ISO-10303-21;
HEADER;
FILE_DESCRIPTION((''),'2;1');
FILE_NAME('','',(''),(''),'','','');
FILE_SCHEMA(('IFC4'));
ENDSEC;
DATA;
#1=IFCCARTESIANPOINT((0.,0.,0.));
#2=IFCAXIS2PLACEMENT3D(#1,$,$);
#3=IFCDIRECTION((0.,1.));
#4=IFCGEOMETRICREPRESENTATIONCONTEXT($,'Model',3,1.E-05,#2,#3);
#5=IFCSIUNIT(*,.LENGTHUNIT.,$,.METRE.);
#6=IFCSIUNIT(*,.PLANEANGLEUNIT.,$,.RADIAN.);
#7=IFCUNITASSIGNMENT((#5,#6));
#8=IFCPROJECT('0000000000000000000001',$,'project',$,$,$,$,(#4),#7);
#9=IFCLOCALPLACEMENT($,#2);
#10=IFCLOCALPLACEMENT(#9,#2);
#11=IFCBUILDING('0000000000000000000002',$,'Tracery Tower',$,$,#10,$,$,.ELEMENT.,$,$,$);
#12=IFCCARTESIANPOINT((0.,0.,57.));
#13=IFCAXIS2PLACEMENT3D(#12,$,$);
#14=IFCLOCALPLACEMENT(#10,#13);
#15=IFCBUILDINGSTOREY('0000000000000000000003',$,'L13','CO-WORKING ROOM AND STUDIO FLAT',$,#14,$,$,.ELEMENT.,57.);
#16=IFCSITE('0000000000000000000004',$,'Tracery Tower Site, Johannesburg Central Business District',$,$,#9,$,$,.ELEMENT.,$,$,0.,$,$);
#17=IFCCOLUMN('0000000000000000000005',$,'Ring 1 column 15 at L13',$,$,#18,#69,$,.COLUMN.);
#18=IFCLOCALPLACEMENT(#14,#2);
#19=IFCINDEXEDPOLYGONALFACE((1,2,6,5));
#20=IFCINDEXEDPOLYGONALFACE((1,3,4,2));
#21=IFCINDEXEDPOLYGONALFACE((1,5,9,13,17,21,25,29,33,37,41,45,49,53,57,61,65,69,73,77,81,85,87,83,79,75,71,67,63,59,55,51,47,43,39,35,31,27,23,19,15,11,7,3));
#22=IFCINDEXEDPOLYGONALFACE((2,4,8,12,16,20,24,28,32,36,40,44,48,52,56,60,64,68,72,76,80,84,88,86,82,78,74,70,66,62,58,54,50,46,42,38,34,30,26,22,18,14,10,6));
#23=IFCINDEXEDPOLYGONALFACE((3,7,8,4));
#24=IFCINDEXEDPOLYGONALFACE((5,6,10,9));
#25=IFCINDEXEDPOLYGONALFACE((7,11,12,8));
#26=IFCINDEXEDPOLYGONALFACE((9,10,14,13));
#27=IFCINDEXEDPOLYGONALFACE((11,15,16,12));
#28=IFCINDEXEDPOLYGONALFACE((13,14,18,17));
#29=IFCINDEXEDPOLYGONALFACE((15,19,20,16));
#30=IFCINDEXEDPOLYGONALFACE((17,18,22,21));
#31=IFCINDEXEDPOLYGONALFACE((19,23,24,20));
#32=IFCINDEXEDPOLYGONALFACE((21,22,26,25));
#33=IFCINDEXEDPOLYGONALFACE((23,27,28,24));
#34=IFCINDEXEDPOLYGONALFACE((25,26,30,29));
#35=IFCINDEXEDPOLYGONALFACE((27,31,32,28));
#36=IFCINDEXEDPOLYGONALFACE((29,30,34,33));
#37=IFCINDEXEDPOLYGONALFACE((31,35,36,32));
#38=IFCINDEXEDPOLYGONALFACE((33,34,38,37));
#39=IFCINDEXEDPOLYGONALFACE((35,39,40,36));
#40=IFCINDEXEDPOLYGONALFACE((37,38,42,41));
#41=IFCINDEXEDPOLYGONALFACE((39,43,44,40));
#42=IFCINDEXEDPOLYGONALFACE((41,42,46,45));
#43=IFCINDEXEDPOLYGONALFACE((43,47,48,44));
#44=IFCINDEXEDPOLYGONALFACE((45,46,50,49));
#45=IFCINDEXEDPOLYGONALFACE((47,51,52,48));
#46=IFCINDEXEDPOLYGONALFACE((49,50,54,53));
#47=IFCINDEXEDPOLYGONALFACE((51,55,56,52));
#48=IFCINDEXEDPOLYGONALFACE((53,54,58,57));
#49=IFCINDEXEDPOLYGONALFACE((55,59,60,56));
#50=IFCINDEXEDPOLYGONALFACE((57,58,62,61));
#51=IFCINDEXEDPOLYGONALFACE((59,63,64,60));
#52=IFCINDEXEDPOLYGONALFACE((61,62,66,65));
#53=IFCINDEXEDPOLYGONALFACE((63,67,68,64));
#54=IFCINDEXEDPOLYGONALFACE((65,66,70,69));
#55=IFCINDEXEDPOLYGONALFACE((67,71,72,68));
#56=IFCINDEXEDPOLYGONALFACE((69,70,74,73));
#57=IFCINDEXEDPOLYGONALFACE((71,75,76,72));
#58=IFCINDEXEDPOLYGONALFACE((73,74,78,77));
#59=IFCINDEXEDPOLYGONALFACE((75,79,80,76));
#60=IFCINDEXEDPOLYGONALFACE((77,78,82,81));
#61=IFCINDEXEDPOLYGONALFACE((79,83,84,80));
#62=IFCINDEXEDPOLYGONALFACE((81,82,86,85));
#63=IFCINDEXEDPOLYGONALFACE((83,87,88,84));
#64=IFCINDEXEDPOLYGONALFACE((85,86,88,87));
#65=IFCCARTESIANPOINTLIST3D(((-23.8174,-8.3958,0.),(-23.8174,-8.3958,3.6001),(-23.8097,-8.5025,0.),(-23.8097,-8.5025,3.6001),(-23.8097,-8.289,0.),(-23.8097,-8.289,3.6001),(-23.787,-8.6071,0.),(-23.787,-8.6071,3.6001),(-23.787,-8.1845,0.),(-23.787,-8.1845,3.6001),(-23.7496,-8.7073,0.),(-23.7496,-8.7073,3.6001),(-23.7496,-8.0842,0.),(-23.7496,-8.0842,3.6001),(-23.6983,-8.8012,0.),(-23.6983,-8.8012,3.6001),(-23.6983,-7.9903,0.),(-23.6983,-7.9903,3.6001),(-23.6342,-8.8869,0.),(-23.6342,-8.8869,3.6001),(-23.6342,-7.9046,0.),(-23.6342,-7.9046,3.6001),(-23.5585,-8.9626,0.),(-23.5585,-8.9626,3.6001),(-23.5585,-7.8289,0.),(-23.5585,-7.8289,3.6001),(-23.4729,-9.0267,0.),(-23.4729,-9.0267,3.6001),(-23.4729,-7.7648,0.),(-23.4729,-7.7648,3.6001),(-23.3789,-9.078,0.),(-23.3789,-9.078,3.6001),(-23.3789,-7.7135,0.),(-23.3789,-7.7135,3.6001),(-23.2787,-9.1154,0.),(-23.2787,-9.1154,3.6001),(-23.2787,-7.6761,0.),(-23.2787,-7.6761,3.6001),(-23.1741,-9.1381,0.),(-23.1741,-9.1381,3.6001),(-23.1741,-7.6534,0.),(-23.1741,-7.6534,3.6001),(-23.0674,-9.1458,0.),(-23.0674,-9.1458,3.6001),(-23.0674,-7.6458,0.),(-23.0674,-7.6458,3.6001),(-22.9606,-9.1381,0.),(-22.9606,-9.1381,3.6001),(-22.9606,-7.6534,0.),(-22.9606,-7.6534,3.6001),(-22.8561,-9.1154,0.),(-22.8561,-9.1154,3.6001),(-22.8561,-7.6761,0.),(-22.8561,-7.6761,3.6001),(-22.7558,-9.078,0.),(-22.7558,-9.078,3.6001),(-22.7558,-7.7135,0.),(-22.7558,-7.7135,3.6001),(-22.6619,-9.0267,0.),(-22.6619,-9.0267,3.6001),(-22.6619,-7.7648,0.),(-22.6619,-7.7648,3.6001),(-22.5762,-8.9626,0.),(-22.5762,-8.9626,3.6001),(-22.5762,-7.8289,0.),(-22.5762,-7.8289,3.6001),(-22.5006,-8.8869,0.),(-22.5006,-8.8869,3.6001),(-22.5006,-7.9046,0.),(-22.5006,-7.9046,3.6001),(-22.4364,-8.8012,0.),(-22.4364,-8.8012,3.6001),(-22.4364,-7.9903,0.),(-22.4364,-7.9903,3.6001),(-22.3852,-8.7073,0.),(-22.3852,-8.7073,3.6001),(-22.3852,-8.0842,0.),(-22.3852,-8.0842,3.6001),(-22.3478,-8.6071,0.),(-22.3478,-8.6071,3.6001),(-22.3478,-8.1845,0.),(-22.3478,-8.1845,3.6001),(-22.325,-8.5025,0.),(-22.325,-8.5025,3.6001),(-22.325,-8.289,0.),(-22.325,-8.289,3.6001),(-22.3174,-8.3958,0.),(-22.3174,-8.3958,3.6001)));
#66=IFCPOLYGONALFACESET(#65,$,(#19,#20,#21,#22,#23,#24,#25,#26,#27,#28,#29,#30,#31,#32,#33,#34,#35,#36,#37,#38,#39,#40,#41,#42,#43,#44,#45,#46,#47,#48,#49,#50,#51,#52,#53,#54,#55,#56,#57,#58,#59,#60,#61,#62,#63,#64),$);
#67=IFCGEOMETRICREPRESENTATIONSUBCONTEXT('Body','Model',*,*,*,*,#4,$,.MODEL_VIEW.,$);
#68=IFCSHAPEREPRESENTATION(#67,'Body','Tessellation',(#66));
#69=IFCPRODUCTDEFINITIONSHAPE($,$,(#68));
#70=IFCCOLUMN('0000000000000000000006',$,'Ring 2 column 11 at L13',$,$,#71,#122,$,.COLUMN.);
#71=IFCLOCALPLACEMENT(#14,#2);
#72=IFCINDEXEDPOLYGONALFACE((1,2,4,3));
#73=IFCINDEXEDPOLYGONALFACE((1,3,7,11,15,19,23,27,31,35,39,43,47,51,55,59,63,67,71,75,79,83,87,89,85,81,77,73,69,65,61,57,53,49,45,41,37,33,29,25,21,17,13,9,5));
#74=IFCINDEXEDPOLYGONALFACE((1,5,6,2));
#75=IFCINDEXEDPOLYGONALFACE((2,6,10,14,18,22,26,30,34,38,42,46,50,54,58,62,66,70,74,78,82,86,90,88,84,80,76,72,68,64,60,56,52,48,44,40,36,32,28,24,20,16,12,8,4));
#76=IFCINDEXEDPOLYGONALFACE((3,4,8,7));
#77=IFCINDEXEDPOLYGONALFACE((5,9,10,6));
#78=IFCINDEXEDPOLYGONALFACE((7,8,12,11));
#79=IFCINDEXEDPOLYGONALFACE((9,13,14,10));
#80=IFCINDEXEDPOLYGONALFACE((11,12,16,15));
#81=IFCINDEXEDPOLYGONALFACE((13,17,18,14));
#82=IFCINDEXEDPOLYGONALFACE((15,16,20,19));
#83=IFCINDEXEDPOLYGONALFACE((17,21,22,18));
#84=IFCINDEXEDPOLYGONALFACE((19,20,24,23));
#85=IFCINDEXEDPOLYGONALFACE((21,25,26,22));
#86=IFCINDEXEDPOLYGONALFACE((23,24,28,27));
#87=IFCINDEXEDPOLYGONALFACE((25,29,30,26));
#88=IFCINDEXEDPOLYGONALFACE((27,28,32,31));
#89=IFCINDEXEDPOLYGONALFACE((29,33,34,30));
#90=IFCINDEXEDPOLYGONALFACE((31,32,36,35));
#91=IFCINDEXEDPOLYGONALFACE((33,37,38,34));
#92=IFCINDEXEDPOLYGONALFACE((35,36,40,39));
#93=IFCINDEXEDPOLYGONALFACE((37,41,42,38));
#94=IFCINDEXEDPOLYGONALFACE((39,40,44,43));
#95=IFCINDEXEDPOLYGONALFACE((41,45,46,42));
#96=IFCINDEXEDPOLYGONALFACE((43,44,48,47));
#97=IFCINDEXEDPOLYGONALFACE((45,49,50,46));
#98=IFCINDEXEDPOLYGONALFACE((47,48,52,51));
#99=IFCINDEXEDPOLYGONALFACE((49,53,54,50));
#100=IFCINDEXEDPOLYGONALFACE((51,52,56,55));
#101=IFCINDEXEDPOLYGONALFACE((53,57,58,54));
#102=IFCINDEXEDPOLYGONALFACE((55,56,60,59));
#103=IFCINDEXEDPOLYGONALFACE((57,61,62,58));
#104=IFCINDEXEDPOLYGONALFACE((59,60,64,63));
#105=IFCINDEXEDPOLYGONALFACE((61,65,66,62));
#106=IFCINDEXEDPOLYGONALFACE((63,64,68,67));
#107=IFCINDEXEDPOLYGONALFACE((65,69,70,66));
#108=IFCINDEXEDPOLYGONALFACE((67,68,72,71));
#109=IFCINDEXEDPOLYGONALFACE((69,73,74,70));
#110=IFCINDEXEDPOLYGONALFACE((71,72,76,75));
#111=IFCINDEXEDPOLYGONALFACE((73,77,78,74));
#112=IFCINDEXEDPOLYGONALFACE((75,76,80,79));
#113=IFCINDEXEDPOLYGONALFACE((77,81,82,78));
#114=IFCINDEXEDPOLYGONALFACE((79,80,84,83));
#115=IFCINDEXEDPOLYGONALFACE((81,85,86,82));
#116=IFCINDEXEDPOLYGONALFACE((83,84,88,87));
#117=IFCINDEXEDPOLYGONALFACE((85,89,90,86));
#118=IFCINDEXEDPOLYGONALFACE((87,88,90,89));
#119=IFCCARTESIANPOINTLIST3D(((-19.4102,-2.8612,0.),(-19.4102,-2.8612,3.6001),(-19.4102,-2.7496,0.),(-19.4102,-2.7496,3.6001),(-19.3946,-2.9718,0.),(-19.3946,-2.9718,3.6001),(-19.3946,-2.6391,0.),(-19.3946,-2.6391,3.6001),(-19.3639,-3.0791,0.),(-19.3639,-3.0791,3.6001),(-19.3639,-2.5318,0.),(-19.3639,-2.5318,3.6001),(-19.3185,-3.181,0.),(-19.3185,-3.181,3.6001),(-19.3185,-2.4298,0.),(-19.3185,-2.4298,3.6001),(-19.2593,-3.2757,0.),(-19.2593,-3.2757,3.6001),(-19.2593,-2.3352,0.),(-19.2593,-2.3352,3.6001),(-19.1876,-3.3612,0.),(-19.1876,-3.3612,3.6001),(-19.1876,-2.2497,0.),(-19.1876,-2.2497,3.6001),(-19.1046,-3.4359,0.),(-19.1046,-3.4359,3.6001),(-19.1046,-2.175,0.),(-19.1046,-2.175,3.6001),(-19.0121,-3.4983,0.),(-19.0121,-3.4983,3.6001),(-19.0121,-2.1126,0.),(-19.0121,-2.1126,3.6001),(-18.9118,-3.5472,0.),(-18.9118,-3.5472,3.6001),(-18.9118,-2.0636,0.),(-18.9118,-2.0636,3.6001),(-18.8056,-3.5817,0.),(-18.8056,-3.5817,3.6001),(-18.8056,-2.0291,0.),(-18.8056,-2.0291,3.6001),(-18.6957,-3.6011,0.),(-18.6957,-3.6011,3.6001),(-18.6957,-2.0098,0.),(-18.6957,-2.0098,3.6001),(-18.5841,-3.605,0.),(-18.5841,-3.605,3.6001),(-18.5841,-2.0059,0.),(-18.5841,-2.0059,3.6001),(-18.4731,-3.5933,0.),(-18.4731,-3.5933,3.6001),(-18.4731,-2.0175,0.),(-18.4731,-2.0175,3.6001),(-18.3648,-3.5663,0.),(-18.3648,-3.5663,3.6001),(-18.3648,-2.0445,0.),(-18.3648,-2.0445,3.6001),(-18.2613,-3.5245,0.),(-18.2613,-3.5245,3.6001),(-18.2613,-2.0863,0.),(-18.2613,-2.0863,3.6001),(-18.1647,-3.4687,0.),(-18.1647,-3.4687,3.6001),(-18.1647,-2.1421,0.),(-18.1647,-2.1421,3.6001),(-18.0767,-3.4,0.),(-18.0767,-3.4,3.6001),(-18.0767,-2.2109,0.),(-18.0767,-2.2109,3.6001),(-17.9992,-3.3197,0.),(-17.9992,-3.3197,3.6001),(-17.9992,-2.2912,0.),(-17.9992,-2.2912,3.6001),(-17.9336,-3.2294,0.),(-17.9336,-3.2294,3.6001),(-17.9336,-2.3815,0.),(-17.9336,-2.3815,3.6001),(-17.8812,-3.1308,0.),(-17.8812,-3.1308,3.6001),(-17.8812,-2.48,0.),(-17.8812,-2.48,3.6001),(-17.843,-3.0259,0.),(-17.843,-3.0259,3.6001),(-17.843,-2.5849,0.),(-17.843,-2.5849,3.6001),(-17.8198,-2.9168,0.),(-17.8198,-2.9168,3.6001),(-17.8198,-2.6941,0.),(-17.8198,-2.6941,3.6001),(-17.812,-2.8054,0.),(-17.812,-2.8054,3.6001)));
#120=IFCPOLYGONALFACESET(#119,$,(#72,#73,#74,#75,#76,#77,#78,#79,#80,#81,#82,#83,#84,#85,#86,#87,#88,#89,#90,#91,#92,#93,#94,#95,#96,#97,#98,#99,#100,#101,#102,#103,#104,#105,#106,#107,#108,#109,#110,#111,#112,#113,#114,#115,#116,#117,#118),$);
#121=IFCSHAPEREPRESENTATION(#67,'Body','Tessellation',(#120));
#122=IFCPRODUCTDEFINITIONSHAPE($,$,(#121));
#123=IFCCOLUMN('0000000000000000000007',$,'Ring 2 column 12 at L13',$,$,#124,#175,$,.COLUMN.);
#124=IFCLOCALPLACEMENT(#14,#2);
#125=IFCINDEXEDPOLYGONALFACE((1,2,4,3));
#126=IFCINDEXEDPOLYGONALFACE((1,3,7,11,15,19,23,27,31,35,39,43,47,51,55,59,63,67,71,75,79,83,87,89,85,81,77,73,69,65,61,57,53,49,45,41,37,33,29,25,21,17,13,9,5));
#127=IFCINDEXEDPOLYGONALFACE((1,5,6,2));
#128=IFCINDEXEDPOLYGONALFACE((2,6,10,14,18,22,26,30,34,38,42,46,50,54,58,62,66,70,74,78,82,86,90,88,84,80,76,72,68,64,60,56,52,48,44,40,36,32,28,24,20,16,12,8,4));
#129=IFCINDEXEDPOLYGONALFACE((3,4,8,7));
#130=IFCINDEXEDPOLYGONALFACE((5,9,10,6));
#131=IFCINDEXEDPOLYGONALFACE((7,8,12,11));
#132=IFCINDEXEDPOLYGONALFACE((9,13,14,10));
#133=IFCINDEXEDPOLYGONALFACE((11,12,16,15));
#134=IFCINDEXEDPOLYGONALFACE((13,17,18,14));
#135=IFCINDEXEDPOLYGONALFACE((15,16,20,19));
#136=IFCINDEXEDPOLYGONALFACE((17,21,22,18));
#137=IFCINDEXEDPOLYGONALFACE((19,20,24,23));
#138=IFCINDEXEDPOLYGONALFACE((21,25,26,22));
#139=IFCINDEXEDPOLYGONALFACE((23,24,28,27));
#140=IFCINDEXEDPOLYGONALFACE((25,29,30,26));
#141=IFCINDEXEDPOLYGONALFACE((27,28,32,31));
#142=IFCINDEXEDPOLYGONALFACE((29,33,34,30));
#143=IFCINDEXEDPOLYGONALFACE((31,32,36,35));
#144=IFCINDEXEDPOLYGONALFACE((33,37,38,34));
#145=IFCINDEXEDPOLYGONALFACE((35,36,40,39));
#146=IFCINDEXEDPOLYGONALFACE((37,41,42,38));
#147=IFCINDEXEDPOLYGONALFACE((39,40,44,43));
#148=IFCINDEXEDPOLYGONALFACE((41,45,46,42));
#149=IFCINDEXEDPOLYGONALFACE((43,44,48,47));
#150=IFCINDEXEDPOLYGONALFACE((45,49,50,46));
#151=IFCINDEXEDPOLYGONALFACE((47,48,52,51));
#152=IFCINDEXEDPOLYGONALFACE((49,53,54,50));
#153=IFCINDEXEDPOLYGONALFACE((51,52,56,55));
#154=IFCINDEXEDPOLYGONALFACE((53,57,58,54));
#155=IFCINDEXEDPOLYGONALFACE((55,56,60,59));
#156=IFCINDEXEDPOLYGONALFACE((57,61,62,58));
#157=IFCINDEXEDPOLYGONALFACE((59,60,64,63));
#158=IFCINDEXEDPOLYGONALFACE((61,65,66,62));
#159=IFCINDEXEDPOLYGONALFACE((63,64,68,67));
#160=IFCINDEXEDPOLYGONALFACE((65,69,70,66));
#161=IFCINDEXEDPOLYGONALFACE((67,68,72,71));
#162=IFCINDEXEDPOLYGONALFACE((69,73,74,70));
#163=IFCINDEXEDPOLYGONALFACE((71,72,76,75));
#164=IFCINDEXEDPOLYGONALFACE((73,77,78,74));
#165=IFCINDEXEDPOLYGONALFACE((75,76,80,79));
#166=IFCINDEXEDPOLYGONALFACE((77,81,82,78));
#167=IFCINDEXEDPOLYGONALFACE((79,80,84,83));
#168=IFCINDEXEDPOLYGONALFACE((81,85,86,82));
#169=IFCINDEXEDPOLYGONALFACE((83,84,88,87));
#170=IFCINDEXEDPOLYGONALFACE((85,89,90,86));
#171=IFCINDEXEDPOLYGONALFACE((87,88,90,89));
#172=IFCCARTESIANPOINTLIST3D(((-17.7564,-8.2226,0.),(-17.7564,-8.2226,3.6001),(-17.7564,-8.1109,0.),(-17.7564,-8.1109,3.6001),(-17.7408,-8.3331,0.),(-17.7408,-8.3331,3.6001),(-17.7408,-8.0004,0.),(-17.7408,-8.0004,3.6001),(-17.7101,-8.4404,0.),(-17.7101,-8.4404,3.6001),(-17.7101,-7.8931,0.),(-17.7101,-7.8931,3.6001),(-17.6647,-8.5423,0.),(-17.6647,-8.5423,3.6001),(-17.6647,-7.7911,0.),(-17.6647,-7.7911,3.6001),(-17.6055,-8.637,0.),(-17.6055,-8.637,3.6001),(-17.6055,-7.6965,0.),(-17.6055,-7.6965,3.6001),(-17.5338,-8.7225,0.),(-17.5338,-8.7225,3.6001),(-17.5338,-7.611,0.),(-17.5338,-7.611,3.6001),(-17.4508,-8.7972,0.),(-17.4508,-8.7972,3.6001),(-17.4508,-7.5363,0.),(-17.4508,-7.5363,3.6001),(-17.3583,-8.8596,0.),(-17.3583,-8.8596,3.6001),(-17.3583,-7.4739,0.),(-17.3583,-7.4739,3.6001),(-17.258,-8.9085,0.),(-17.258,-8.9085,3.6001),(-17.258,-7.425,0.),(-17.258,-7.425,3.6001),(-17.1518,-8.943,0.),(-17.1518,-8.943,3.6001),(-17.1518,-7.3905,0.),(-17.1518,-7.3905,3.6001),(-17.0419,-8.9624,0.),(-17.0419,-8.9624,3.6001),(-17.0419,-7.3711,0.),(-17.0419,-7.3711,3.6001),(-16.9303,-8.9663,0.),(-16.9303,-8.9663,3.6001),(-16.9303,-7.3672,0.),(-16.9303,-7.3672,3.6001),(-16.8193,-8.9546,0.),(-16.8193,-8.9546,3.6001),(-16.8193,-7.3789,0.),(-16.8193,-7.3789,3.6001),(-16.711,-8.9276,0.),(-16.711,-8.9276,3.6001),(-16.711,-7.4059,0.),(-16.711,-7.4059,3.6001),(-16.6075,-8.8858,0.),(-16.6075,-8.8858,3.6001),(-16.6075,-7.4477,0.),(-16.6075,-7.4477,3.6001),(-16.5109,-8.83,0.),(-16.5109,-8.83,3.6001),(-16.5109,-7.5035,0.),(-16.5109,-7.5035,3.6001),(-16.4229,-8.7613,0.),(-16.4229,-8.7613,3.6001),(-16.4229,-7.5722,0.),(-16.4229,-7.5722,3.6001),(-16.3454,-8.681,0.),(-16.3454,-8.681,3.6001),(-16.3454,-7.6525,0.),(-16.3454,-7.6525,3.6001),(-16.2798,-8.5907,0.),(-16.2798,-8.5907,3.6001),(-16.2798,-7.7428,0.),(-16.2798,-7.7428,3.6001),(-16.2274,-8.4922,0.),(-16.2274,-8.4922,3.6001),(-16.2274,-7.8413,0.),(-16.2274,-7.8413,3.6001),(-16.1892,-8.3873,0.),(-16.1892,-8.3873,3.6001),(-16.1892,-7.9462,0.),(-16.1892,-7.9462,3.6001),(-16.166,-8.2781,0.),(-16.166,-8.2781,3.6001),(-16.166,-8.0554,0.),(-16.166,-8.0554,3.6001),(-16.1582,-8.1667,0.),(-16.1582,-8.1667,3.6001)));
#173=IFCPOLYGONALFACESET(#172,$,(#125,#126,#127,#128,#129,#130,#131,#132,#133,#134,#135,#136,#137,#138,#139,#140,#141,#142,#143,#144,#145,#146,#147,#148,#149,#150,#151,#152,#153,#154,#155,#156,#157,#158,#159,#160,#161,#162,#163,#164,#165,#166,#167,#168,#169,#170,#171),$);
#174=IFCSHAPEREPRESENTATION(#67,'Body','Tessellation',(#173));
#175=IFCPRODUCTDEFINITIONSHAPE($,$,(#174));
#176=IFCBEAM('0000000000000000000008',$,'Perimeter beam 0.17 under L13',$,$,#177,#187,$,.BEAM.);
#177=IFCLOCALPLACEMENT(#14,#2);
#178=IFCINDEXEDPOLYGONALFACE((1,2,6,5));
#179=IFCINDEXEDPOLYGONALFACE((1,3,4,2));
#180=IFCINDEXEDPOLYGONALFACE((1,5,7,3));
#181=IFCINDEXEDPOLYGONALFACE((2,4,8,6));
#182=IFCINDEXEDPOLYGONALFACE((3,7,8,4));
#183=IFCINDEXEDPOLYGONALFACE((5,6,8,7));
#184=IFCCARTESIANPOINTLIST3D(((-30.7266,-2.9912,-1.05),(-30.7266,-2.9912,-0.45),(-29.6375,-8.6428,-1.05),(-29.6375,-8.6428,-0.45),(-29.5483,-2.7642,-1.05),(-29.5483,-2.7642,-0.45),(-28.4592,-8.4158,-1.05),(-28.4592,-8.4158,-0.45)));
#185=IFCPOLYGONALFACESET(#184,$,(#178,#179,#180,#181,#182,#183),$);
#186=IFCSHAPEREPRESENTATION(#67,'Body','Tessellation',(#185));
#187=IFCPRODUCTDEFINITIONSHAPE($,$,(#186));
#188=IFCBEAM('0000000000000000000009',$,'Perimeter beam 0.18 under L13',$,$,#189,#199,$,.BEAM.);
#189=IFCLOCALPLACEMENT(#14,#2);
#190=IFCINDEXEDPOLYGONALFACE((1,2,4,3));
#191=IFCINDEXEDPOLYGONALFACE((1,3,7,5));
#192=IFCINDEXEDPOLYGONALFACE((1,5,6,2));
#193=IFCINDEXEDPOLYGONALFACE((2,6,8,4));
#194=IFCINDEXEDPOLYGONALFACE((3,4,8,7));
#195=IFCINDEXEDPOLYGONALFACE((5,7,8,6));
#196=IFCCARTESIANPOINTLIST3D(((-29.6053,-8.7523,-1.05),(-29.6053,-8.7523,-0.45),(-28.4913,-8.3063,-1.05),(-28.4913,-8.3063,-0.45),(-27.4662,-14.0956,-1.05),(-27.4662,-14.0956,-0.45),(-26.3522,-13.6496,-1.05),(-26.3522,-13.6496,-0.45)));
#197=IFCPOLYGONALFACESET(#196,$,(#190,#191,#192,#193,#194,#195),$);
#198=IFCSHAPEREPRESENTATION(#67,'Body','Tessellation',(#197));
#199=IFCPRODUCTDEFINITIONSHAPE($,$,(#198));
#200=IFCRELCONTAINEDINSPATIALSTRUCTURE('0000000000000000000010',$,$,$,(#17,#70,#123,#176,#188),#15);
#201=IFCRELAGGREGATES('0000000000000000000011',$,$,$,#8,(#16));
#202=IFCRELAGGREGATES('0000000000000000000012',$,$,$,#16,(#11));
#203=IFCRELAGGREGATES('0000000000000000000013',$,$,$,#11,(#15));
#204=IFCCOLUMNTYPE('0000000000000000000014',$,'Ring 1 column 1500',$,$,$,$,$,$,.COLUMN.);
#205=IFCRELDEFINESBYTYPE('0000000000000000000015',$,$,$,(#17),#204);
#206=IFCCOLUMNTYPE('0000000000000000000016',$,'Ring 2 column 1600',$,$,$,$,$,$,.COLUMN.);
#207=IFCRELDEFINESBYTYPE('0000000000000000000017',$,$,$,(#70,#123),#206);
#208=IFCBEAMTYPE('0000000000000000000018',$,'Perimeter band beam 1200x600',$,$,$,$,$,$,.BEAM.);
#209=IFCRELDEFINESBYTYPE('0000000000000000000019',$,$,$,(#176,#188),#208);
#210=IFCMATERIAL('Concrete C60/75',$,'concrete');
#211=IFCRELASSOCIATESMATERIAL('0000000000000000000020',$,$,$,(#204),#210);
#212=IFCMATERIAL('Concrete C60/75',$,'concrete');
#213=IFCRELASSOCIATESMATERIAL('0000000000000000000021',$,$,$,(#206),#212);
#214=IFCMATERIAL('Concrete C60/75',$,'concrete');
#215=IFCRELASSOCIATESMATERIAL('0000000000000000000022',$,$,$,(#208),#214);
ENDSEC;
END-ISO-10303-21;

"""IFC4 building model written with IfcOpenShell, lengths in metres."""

from ifc_helpers import new_model, si_unit, direction, frame, origin, origin_2d, place, context, subcontext, project, spatial, rectangle, circle, extrude, material, material_profile, profile_set, type_object, element, save


model = new_model("IFC4")

# Units and contexts
model_context = context("Model", 3, precision=1e-05, world=origin(), true_north=direction((0.0, 1.0)))
body_context = subcontext(model_context, "Body", "Model", "MODEL_VIEW")
ifc_project = project(units=[si_unit("LENGTHUNIT", "METRE"), si_unit("PLANEANGLEUNIT", "RADIAN")], contexts=[model_context])

# Site, building, storey
site_placement = place(None, origin())
site = spatial("IfcSite", under=ifc_project, at=site_placement, Name="Tracery Tower Site, Johannesburg Central Business District", CompositionType="ELEMENT", RefElevation=0.0)
building_placement = place(site_placement, origin())
building = spatial("IfcBuilding", under=site, at=building_placement, Name="Tracery Tower", CompositionType="ELEMENT")
storey_placement = place(building_placement, frame((0.0, 0.0, 57.0)))
storey = spatial("IfcBuildingStorey", under=building, at=storey_placement, Name="L13", Description="CO-WORKING ROOM AND STUDIO FLAT", CompositionType="ELEMENT", Elevation=57.0)

# Columns
ifc_material_1 = material(Name="Concrete C60/75", Category="concrete")
ifc_material_profile_1 = material_profile(ifc_material_1, circle(Radius=0.75, at=origin_2d()), Name="RC D1500")
ifc_profile_set_1 = profile_set([ifc_material_profile_1], Name="Concrete C60/75")
column_type_1 = type_object("IfcColumnType", Name="Ring 1 column 1500", PredefinedType="COLUMN", material=ifc_profile_set_1)
for number, where, z_axis, x_axis, name in (
    (1, (-23.0674, -8.3958, 0.0), (0.0, 0.0, 1.0), (1.0, 0.0, 0.0), "Ring 1 column 15 at L13"),
):
    element("IfcColumn", number, at=place(storey_placement, frame(where, z_axis=z_axis, x_axis=x_axis)), inside=storey, type_object=column_type_1, Name=name, PredefinedType="COLUMN", context=body_context, shape_type="SweptSolid", body=[
        extrude(circle(Radius=0.75, at=origin_2d()), origin(), (0.0, 0.0, 1.0), 3.6001),
    ])
ifc_material_2 = material(Name="Concrete C60/75", Category="concrete")
ifc_material_profile_2 = material_profile(ifc_material_2, circle(Radius=0.8, at=origin_2d()), Name="RC D1600")
ifc_profile_set_2 = profile_set([ifc_material_profile_2], Name="Concrete C60/75")
column_type_2 = type_object("IfcColumnType", Name="Ring 2 column 1600", PredefinedType="COLUMN", material=ifc_profile_set_2)
for number, where, z_axis, x_axis, name in (
    (2, (-18.6121, -2.8054, 0.0), (0.0, 0.0, 1.0), (1.0, 0.0, 0.0), "Ring 2 column 11 at L13"),
    (3, (-16.9583, -8.1667, 0.0), (0.0, 0.0, 1.0), (1.0, 0.0, 0.0), "Ring 2 column 12 at L13"),
):
    element("IfcColumn", number, at=place(storey_placement, frame(where, z_axis=z_axis, x_axis=x_axis)), inside=storey, type_object=column_type_2, Name=name, PredefinedType="COLUMN", context=body_context, shape_type="SweptSolid", body=[
        extrude(circle(Radius=0.8, at=origin_2d()), origin(), (0.0, 0.0, 1.0), 3.6001),
    ])

# Beams
ifc_material_3 = material(Name="Concrete C60/75", Category="concrete")
ifc_material_profile_3 = material_profile(ifc_material_3, rectangle(XDim=1.2, YDim=0.6001, at=origin_2d()), Name="RC 1200x600")
ifc_profile_set_3 = profile_set([ifc_material_profile_3], Name="Concrete C60/75")
beam_type = type_object("IfcBeamType", Name="Perimeter band beam 1200x600", PredefinedType="BEAM", material=ifc_profile_set_3)
for number, where, z_axis, x_axis, name in (
    (4, (-30.1375, -2.8777, -0.75), (0.189227, -0.981933, 0.0), (0.981933, 0.189227, 0.0), "Perimeter beam 0.17 under L13"),
    (5, (-29.0483, -8.5293, -0.75), (0.371669, -0.928365, 0.0), (0.928365, 0.371669, 0.0), "Perimeter beam 0.18 under L13"),
):
    element("IfcBeam", number, at=place(storey_placement, frame(where, z_axis=z_axis, x_axis=x_axis)), inside=storey, type_object=beam_type, Name=name, PredefinedType="BEAM", context=body_context, shape_type="SweptSolid", body=[
        extrude(rectangle(XDim=1.2, YDim=0.6001, at=origin_2d()), origin(), (0.0, 0.0, 1.0), 5.7556),
    ])

save(model, "model.ifc")
